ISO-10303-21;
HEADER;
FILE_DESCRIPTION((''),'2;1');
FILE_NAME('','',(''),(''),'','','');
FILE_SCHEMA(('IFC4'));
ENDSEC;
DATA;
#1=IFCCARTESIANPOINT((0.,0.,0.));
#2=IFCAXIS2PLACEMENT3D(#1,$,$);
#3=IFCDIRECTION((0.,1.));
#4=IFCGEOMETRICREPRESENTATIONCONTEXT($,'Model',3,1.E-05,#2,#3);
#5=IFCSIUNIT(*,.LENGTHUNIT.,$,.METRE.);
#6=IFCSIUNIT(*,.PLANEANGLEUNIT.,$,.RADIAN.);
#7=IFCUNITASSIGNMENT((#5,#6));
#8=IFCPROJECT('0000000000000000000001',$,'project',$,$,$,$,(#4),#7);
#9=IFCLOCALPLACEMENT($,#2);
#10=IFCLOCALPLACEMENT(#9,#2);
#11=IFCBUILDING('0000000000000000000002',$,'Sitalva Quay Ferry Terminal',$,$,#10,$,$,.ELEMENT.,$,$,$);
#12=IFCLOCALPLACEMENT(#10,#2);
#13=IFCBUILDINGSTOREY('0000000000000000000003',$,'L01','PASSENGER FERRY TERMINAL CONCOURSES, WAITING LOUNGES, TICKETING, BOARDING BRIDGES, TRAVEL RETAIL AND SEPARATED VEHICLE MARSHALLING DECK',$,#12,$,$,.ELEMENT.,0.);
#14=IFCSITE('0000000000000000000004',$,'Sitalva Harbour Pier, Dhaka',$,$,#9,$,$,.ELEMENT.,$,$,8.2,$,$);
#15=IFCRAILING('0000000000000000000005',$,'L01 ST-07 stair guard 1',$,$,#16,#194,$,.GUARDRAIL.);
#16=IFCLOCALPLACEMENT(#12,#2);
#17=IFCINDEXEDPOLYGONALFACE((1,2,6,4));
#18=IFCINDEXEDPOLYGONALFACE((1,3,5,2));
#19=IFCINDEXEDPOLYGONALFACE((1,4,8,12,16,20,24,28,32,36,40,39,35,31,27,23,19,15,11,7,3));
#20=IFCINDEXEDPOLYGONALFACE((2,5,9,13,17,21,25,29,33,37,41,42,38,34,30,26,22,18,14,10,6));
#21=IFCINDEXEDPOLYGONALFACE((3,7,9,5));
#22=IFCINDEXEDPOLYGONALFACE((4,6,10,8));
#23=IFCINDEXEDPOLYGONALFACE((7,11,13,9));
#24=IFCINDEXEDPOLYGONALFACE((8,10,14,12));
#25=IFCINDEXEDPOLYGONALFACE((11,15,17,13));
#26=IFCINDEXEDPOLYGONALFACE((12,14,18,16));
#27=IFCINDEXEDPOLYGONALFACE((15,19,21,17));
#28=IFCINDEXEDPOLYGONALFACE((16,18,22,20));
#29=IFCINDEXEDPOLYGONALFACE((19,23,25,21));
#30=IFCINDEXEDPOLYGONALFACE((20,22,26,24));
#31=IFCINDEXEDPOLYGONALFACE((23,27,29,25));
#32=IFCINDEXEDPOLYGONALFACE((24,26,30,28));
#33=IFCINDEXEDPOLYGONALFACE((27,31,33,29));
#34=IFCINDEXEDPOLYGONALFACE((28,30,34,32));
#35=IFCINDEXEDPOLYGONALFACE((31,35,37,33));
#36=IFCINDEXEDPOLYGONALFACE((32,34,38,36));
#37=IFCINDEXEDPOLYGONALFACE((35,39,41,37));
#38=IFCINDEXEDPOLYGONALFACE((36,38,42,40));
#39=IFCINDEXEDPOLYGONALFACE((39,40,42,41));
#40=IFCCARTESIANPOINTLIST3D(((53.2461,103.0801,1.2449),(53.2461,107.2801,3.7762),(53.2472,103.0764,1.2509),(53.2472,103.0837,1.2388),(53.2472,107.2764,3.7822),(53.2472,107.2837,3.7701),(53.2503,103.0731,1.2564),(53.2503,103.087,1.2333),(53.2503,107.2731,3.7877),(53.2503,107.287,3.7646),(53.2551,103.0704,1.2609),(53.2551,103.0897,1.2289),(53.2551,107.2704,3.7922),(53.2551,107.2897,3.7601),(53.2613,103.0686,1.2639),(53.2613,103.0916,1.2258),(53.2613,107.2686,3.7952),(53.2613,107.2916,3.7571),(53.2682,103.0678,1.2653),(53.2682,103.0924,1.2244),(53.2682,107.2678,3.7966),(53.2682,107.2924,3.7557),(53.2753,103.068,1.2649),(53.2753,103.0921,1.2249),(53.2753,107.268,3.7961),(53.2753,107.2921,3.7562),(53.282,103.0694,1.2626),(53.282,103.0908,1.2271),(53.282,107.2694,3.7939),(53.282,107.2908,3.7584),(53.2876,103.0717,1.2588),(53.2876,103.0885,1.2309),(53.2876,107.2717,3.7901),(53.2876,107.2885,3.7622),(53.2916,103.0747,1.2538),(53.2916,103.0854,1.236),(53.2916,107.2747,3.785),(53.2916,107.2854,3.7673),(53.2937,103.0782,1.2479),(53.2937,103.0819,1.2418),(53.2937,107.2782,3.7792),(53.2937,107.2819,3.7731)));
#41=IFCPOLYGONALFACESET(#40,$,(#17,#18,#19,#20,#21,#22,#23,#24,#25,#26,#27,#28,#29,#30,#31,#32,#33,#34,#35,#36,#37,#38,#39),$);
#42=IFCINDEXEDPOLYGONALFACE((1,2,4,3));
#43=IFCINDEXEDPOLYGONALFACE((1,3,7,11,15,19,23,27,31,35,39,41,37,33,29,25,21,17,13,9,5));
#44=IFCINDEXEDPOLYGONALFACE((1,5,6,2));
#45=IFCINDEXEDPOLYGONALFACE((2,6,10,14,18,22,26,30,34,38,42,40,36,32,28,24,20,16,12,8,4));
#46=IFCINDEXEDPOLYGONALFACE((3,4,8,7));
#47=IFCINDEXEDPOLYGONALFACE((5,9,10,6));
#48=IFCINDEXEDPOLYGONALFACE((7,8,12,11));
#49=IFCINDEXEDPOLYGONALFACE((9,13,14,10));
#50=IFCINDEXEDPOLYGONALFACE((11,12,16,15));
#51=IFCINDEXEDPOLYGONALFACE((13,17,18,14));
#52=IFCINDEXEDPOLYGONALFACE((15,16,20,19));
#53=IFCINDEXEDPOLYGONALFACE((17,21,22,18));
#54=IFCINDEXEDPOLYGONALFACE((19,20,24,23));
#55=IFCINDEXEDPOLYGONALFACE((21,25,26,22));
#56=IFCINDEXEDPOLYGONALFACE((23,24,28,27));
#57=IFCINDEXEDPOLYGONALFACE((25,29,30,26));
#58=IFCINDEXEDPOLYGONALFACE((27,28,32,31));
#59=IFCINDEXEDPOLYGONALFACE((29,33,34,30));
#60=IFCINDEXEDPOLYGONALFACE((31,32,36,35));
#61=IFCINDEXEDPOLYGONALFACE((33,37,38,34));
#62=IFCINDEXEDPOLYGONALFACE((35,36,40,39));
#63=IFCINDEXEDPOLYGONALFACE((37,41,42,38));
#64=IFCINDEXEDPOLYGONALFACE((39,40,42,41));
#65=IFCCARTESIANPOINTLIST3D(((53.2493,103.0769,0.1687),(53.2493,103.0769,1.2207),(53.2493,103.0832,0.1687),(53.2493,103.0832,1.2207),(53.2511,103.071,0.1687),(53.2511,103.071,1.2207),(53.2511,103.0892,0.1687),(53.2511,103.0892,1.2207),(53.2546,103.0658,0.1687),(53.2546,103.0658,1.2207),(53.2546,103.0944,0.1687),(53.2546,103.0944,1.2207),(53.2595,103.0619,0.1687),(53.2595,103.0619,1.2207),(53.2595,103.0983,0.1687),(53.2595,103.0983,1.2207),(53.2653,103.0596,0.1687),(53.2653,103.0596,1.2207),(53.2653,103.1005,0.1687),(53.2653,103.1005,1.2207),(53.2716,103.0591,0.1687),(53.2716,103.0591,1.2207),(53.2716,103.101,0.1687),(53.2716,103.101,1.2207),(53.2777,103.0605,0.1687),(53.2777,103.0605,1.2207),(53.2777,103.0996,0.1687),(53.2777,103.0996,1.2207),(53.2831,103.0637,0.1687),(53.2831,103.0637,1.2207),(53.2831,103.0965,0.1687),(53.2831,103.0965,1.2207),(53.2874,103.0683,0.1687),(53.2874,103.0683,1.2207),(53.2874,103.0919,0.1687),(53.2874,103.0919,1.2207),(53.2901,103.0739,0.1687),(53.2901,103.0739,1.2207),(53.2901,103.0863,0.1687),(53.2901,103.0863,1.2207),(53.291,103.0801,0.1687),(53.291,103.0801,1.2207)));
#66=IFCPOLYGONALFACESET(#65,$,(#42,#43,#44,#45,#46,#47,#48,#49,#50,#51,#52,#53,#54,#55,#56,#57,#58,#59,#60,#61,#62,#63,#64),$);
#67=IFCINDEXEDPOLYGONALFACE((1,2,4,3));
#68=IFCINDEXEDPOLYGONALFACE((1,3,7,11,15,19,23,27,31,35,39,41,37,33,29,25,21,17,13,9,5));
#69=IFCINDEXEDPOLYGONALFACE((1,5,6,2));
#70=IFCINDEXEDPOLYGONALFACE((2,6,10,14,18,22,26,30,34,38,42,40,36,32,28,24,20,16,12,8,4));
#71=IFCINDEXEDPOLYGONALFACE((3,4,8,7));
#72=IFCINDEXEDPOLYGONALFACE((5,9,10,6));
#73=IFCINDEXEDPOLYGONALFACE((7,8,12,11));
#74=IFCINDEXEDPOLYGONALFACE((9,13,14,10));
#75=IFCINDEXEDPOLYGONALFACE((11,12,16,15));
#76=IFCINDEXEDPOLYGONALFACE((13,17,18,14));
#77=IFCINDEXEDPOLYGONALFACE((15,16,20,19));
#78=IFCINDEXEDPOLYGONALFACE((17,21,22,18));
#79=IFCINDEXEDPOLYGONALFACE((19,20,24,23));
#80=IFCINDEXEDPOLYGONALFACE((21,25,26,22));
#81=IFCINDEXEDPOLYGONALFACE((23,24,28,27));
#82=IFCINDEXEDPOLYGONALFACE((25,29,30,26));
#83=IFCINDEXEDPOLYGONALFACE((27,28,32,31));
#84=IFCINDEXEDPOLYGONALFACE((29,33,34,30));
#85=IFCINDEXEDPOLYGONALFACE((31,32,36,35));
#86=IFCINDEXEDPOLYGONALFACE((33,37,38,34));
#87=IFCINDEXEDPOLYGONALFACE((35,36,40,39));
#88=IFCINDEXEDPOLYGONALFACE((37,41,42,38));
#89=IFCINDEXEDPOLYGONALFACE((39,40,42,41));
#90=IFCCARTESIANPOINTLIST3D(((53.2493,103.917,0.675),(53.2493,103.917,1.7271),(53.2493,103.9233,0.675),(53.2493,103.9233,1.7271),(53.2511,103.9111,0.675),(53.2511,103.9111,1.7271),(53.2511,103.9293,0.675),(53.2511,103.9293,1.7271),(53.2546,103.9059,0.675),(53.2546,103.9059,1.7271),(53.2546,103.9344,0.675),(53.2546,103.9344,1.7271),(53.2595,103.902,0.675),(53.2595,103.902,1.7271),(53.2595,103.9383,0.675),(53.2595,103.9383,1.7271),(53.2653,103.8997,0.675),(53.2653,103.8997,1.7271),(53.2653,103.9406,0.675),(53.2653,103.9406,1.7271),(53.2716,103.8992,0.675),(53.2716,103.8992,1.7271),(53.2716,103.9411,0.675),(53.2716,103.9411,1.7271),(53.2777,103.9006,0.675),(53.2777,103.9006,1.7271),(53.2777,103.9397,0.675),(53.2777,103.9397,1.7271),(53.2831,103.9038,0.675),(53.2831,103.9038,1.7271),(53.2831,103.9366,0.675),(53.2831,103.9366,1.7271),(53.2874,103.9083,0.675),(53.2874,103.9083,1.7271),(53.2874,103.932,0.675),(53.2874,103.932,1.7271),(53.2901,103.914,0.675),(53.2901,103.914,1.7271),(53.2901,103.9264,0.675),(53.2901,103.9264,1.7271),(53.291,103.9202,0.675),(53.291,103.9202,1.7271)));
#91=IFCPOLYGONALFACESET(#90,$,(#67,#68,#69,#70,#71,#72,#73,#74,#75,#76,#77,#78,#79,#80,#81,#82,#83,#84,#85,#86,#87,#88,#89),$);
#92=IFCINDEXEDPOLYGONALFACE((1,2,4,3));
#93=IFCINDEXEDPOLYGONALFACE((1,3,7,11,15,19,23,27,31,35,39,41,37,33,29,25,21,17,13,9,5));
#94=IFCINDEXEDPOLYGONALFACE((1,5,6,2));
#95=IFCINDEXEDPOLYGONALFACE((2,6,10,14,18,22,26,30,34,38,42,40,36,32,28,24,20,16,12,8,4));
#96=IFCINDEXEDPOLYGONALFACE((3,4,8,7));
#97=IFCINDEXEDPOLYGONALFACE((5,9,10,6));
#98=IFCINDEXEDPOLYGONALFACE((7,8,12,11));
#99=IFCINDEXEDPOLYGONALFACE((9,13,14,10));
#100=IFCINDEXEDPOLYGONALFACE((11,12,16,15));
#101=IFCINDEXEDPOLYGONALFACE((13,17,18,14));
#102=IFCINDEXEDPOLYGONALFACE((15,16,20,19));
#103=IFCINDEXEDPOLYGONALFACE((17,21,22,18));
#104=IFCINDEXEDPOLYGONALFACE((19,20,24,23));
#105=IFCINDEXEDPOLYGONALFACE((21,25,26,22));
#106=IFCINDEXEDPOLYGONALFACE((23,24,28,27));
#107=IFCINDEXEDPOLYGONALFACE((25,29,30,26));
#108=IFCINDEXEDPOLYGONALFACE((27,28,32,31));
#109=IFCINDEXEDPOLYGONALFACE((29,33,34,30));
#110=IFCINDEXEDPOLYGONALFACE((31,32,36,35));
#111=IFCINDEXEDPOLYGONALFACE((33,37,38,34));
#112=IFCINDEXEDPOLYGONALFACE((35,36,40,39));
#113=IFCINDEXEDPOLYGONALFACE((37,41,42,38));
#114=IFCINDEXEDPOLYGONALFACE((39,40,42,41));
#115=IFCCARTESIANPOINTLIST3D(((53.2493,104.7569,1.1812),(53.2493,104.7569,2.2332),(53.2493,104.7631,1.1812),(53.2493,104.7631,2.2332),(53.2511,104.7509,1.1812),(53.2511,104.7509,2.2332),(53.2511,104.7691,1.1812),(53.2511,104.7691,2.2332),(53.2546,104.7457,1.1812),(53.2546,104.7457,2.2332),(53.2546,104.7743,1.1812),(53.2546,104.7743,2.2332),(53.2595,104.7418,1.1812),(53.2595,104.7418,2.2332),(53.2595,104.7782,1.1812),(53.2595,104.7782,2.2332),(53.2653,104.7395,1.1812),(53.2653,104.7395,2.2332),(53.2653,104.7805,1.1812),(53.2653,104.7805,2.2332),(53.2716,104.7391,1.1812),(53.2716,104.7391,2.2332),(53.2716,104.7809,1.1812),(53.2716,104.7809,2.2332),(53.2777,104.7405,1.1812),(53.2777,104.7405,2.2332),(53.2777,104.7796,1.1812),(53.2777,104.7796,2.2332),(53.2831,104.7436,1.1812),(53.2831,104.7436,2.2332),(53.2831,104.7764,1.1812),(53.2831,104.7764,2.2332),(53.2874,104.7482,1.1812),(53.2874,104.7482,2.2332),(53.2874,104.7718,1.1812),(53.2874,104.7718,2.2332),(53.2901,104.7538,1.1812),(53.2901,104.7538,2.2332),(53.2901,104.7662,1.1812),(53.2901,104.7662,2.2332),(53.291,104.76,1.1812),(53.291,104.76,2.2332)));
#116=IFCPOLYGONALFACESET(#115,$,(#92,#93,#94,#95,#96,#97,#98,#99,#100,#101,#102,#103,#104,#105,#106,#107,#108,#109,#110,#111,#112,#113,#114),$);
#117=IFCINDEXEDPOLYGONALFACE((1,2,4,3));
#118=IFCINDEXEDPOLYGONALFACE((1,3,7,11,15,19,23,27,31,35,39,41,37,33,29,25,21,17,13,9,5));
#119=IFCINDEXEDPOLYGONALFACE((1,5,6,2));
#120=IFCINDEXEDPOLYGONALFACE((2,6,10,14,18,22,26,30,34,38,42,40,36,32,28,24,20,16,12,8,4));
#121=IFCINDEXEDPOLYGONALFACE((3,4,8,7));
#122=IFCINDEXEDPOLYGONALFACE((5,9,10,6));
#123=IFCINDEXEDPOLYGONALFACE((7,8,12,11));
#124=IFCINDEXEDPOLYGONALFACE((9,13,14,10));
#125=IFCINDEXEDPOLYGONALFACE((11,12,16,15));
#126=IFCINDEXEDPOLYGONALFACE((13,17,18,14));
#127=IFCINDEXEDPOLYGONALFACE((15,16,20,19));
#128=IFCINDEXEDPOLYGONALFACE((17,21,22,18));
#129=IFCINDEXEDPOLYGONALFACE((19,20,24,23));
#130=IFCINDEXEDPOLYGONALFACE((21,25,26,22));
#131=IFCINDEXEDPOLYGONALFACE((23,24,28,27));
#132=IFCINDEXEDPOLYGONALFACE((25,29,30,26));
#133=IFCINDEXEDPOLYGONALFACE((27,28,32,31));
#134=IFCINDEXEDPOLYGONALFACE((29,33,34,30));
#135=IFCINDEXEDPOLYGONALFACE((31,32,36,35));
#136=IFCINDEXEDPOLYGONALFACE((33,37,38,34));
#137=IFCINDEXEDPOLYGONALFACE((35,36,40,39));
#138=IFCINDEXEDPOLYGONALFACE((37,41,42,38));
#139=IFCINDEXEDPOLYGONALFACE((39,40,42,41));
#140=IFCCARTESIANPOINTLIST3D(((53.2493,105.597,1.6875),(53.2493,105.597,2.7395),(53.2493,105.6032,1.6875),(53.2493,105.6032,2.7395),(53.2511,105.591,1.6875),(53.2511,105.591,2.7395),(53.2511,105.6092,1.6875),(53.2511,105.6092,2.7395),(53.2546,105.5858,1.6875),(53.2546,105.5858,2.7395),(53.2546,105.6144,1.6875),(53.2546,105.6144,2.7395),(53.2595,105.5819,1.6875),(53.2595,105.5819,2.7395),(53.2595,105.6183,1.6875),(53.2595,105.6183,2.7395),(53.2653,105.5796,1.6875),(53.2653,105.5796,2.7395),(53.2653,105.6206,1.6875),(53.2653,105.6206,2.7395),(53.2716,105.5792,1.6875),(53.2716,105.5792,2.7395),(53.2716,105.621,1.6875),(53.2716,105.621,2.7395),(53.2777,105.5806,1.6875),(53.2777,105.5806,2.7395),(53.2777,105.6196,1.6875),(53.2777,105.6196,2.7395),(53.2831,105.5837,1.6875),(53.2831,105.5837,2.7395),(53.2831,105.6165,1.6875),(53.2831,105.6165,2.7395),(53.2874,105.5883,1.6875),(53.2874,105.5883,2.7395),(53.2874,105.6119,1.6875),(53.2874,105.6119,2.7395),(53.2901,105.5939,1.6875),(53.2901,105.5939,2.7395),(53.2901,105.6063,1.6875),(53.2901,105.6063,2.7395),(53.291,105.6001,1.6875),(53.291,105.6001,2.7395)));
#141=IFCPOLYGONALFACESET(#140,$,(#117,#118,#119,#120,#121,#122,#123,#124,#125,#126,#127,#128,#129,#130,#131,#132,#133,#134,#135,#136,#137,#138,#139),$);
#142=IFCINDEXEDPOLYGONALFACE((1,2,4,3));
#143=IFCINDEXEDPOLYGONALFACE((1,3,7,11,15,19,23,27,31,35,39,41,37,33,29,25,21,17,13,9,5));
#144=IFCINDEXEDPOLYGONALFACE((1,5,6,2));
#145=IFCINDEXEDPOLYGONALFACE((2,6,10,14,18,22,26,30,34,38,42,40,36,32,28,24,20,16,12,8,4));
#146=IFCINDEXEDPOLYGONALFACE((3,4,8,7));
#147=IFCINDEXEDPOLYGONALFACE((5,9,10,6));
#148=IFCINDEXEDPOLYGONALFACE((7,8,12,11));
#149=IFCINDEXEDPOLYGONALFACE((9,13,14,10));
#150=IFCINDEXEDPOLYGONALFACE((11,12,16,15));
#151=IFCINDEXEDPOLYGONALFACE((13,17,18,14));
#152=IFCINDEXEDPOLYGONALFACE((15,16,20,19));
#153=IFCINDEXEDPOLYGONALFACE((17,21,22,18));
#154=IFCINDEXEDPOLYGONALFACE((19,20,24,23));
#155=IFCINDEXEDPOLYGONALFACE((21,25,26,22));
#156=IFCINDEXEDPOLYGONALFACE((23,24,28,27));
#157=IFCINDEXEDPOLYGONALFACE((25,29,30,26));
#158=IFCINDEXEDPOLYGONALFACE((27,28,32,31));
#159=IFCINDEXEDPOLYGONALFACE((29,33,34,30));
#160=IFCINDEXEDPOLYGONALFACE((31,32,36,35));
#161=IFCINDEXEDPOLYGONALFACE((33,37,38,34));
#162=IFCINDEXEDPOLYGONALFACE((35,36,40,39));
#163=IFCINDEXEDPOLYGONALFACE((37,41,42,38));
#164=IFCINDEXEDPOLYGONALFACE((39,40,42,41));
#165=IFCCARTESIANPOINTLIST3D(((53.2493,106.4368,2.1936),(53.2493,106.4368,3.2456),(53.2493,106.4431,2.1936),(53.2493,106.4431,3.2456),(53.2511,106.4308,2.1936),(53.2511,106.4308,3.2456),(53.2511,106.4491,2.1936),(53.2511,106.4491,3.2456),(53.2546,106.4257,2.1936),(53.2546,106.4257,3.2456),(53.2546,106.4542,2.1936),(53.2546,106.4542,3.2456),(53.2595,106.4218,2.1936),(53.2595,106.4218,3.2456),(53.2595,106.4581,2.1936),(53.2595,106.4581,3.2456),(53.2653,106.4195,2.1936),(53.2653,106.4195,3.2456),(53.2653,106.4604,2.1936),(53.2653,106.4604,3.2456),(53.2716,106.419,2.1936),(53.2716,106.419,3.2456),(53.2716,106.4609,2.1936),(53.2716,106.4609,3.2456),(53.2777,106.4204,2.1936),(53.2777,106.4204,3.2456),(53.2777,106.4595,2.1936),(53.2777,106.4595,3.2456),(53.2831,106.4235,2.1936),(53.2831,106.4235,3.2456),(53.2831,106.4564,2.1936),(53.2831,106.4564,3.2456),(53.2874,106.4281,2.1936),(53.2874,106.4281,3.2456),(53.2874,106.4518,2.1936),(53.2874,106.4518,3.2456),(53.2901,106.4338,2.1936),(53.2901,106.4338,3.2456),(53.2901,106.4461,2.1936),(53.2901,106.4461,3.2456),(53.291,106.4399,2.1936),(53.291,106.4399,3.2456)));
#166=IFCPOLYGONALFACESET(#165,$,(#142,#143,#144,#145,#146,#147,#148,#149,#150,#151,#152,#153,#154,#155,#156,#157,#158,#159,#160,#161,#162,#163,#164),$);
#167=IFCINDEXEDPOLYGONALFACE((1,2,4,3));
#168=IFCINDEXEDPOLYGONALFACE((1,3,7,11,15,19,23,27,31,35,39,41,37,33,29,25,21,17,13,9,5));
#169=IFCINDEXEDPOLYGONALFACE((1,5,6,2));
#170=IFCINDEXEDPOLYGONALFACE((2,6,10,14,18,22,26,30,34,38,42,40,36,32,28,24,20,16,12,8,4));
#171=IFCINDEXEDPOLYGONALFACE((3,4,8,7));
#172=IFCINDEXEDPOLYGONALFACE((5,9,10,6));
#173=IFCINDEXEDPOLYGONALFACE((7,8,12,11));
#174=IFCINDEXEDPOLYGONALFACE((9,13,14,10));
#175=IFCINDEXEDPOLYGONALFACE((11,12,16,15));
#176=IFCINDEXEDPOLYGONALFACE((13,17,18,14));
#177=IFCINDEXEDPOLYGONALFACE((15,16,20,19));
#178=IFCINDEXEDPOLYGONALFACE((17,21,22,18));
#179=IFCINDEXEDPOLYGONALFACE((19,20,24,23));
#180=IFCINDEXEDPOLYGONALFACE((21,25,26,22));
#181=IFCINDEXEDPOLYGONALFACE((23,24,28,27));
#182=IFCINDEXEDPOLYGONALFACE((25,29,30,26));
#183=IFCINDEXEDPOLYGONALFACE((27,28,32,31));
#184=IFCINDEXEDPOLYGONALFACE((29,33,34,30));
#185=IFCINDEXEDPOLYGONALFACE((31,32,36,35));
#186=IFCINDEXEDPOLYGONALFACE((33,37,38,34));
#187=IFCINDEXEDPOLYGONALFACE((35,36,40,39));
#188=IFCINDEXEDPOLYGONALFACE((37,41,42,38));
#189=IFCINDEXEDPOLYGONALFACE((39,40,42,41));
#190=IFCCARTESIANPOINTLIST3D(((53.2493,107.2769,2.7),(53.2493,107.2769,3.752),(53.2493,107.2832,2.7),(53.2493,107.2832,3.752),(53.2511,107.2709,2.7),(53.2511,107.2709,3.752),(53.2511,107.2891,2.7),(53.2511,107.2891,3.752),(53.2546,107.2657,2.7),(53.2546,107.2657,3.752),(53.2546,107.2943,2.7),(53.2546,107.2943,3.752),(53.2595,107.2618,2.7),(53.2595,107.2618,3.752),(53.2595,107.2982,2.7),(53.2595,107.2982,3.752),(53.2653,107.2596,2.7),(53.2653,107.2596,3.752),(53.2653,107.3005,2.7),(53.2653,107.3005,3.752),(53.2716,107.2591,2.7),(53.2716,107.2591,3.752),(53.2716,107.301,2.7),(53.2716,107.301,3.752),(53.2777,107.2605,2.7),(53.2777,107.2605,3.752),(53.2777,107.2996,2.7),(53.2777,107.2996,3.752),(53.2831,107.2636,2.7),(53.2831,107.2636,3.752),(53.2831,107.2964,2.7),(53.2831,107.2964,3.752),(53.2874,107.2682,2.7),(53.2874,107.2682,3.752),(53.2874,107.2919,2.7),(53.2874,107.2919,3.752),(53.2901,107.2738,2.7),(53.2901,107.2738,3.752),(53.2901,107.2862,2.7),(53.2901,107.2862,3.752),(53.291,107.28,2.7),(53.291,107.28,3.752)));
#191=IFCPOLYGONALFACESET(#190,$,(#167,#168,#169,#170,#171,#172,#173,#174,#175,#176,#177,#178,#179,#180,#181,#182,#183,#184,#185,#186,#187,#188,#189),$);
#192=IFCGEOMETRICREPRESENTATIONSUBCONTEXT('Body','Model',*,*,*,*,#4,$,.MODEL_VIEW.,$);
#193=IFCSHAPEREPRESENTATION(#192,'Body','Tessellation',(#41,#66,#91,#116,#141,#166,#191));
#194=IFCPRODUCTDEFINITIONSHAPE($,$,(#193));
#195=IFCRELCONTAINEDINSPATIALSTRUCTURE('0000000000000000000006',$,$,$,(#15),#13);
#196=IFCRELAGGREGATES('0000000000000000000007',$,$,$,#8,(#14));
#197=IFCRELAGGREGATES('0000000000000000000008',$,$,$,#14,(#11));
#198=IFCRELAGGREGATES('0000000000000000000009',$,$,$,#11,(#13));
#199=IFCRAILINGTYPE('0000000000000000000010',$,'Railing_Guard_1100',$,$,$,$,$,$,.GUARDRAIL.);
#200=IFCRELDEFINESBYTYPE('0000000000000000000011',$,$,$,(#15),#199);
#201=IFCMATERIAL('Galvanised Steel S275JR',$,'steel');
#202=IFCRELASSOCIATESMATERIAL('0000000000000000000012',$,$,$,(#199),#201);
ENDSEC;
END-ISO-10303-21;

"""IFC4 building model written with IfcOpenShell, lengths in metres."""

from ifc_helpers import new_model, si_unit, direction, frame, origin, origin_2d, place, context, subcontext, project, spatial, circle, extrude, material, type_object, element, save


model = new_model("IFC4")

# Units and contexts
model_context = context("Model", 3, precision=1e-05, world=origin(), true_north=direction((0.0, 1.0)))
body_context = subcontext(model_context, "Body", "Model", "MODEL_VIEW")
ifc_project = project(units=[si_unit("LENGTHUNIT", "METRE"), si_unit("PLANEANGLEUNIT", "RADIAN")], contexts=[model_context])

# Site, building, storey
site_placement = place(None, origin())
site = spatial("IfcSite", under=ifc_project, at=site_placement, Name="Sitalva Harbour Pier, Dhaka", CompositionType="ELEMENT", RefElevation=8.2)
building_placement = place(site_placement, origin())
building = spatial("IfcBuilding", under=site, at=building_placement, Name="Sitalva Quay Ferry Terminal", CompositionType="ELEMENT")
storey_placement = place(building_placement, origin())
storey = spatial("IfcBuildingStorey", under=building, at=storey_placement, Name="L01", Description="PASSENGER FERRY TERMINAL CONCOURSES, WAITING LOUNGES, TICKETING, BOARDING BRIDGES, TRAVEL RETAIL AND SEPARATED VEHICLE MARSHALLING DECK", CompositionType="ELEMENT", Elevation=0.0)

# Railing
ifc_material_1 = material(Name="Galvanised Steel S275JR", Category="steel")
railing_type = type_object("IfcRailingType", Name="Railing_Guard_1100", PredefinedType="GUARDRAIL", material=ifc_material_1)
railing_1_placement = place(storey_placement, frame((53.27, 103.0801, 0.1687)))
element("IfcRailing", 1, at=railing_1_placement, inside=storey, type_object=railing_type, Name="L01 ST-07 stair guard 1", PredefinedType="GUARDRAIL", context=body_context, shape_type="SweptSolid", body=[
    extrude(circle(Radius=0.0239, at=origin_2d()), frame((0.0, 0.0, 1.0762), z_axis=(0.0, 0.856476, 0.516186), x_axis=(-1.0, 0.0, 0.0)), (0.0, 0.0, 1.0), 4.9038),
    extrude(circle(Radius=0.021, at=origin_2d()), origin(), (0.0, 0.0, 1.0), 1.052),
    extrude(circle(Radius=0.021, at=origin_2d()), frame((0.0, 0.8401, 0.5063)), (0.0, 0.0, 1.0), 1.052),
    extrude(circle(Radius=0.021, at=origin_2d()), frame((0.0, 1.6799, 1.0125)), (0.0, 0.0, 1.0), 1.052),
    extrude(circle(Radius=0.021, at=origin_2d()), frame((0.0, 2.52, 1.5188)), (0.0, 0.0, 1.0), 1.052),
    extrude(circle(Radius=0.021, at=origin_2d()), frame((0.0, 3.3599, 2.0249)), (0.0, 0.0, 1.0), 1.052),
    extrude(circle(Radius=0.021, at=origin_2d()), frame((0.0, 4.2, 2.5312)), (0.0, 0.0, 1.0), 1.052),
])

save(model, "model.ifc")
